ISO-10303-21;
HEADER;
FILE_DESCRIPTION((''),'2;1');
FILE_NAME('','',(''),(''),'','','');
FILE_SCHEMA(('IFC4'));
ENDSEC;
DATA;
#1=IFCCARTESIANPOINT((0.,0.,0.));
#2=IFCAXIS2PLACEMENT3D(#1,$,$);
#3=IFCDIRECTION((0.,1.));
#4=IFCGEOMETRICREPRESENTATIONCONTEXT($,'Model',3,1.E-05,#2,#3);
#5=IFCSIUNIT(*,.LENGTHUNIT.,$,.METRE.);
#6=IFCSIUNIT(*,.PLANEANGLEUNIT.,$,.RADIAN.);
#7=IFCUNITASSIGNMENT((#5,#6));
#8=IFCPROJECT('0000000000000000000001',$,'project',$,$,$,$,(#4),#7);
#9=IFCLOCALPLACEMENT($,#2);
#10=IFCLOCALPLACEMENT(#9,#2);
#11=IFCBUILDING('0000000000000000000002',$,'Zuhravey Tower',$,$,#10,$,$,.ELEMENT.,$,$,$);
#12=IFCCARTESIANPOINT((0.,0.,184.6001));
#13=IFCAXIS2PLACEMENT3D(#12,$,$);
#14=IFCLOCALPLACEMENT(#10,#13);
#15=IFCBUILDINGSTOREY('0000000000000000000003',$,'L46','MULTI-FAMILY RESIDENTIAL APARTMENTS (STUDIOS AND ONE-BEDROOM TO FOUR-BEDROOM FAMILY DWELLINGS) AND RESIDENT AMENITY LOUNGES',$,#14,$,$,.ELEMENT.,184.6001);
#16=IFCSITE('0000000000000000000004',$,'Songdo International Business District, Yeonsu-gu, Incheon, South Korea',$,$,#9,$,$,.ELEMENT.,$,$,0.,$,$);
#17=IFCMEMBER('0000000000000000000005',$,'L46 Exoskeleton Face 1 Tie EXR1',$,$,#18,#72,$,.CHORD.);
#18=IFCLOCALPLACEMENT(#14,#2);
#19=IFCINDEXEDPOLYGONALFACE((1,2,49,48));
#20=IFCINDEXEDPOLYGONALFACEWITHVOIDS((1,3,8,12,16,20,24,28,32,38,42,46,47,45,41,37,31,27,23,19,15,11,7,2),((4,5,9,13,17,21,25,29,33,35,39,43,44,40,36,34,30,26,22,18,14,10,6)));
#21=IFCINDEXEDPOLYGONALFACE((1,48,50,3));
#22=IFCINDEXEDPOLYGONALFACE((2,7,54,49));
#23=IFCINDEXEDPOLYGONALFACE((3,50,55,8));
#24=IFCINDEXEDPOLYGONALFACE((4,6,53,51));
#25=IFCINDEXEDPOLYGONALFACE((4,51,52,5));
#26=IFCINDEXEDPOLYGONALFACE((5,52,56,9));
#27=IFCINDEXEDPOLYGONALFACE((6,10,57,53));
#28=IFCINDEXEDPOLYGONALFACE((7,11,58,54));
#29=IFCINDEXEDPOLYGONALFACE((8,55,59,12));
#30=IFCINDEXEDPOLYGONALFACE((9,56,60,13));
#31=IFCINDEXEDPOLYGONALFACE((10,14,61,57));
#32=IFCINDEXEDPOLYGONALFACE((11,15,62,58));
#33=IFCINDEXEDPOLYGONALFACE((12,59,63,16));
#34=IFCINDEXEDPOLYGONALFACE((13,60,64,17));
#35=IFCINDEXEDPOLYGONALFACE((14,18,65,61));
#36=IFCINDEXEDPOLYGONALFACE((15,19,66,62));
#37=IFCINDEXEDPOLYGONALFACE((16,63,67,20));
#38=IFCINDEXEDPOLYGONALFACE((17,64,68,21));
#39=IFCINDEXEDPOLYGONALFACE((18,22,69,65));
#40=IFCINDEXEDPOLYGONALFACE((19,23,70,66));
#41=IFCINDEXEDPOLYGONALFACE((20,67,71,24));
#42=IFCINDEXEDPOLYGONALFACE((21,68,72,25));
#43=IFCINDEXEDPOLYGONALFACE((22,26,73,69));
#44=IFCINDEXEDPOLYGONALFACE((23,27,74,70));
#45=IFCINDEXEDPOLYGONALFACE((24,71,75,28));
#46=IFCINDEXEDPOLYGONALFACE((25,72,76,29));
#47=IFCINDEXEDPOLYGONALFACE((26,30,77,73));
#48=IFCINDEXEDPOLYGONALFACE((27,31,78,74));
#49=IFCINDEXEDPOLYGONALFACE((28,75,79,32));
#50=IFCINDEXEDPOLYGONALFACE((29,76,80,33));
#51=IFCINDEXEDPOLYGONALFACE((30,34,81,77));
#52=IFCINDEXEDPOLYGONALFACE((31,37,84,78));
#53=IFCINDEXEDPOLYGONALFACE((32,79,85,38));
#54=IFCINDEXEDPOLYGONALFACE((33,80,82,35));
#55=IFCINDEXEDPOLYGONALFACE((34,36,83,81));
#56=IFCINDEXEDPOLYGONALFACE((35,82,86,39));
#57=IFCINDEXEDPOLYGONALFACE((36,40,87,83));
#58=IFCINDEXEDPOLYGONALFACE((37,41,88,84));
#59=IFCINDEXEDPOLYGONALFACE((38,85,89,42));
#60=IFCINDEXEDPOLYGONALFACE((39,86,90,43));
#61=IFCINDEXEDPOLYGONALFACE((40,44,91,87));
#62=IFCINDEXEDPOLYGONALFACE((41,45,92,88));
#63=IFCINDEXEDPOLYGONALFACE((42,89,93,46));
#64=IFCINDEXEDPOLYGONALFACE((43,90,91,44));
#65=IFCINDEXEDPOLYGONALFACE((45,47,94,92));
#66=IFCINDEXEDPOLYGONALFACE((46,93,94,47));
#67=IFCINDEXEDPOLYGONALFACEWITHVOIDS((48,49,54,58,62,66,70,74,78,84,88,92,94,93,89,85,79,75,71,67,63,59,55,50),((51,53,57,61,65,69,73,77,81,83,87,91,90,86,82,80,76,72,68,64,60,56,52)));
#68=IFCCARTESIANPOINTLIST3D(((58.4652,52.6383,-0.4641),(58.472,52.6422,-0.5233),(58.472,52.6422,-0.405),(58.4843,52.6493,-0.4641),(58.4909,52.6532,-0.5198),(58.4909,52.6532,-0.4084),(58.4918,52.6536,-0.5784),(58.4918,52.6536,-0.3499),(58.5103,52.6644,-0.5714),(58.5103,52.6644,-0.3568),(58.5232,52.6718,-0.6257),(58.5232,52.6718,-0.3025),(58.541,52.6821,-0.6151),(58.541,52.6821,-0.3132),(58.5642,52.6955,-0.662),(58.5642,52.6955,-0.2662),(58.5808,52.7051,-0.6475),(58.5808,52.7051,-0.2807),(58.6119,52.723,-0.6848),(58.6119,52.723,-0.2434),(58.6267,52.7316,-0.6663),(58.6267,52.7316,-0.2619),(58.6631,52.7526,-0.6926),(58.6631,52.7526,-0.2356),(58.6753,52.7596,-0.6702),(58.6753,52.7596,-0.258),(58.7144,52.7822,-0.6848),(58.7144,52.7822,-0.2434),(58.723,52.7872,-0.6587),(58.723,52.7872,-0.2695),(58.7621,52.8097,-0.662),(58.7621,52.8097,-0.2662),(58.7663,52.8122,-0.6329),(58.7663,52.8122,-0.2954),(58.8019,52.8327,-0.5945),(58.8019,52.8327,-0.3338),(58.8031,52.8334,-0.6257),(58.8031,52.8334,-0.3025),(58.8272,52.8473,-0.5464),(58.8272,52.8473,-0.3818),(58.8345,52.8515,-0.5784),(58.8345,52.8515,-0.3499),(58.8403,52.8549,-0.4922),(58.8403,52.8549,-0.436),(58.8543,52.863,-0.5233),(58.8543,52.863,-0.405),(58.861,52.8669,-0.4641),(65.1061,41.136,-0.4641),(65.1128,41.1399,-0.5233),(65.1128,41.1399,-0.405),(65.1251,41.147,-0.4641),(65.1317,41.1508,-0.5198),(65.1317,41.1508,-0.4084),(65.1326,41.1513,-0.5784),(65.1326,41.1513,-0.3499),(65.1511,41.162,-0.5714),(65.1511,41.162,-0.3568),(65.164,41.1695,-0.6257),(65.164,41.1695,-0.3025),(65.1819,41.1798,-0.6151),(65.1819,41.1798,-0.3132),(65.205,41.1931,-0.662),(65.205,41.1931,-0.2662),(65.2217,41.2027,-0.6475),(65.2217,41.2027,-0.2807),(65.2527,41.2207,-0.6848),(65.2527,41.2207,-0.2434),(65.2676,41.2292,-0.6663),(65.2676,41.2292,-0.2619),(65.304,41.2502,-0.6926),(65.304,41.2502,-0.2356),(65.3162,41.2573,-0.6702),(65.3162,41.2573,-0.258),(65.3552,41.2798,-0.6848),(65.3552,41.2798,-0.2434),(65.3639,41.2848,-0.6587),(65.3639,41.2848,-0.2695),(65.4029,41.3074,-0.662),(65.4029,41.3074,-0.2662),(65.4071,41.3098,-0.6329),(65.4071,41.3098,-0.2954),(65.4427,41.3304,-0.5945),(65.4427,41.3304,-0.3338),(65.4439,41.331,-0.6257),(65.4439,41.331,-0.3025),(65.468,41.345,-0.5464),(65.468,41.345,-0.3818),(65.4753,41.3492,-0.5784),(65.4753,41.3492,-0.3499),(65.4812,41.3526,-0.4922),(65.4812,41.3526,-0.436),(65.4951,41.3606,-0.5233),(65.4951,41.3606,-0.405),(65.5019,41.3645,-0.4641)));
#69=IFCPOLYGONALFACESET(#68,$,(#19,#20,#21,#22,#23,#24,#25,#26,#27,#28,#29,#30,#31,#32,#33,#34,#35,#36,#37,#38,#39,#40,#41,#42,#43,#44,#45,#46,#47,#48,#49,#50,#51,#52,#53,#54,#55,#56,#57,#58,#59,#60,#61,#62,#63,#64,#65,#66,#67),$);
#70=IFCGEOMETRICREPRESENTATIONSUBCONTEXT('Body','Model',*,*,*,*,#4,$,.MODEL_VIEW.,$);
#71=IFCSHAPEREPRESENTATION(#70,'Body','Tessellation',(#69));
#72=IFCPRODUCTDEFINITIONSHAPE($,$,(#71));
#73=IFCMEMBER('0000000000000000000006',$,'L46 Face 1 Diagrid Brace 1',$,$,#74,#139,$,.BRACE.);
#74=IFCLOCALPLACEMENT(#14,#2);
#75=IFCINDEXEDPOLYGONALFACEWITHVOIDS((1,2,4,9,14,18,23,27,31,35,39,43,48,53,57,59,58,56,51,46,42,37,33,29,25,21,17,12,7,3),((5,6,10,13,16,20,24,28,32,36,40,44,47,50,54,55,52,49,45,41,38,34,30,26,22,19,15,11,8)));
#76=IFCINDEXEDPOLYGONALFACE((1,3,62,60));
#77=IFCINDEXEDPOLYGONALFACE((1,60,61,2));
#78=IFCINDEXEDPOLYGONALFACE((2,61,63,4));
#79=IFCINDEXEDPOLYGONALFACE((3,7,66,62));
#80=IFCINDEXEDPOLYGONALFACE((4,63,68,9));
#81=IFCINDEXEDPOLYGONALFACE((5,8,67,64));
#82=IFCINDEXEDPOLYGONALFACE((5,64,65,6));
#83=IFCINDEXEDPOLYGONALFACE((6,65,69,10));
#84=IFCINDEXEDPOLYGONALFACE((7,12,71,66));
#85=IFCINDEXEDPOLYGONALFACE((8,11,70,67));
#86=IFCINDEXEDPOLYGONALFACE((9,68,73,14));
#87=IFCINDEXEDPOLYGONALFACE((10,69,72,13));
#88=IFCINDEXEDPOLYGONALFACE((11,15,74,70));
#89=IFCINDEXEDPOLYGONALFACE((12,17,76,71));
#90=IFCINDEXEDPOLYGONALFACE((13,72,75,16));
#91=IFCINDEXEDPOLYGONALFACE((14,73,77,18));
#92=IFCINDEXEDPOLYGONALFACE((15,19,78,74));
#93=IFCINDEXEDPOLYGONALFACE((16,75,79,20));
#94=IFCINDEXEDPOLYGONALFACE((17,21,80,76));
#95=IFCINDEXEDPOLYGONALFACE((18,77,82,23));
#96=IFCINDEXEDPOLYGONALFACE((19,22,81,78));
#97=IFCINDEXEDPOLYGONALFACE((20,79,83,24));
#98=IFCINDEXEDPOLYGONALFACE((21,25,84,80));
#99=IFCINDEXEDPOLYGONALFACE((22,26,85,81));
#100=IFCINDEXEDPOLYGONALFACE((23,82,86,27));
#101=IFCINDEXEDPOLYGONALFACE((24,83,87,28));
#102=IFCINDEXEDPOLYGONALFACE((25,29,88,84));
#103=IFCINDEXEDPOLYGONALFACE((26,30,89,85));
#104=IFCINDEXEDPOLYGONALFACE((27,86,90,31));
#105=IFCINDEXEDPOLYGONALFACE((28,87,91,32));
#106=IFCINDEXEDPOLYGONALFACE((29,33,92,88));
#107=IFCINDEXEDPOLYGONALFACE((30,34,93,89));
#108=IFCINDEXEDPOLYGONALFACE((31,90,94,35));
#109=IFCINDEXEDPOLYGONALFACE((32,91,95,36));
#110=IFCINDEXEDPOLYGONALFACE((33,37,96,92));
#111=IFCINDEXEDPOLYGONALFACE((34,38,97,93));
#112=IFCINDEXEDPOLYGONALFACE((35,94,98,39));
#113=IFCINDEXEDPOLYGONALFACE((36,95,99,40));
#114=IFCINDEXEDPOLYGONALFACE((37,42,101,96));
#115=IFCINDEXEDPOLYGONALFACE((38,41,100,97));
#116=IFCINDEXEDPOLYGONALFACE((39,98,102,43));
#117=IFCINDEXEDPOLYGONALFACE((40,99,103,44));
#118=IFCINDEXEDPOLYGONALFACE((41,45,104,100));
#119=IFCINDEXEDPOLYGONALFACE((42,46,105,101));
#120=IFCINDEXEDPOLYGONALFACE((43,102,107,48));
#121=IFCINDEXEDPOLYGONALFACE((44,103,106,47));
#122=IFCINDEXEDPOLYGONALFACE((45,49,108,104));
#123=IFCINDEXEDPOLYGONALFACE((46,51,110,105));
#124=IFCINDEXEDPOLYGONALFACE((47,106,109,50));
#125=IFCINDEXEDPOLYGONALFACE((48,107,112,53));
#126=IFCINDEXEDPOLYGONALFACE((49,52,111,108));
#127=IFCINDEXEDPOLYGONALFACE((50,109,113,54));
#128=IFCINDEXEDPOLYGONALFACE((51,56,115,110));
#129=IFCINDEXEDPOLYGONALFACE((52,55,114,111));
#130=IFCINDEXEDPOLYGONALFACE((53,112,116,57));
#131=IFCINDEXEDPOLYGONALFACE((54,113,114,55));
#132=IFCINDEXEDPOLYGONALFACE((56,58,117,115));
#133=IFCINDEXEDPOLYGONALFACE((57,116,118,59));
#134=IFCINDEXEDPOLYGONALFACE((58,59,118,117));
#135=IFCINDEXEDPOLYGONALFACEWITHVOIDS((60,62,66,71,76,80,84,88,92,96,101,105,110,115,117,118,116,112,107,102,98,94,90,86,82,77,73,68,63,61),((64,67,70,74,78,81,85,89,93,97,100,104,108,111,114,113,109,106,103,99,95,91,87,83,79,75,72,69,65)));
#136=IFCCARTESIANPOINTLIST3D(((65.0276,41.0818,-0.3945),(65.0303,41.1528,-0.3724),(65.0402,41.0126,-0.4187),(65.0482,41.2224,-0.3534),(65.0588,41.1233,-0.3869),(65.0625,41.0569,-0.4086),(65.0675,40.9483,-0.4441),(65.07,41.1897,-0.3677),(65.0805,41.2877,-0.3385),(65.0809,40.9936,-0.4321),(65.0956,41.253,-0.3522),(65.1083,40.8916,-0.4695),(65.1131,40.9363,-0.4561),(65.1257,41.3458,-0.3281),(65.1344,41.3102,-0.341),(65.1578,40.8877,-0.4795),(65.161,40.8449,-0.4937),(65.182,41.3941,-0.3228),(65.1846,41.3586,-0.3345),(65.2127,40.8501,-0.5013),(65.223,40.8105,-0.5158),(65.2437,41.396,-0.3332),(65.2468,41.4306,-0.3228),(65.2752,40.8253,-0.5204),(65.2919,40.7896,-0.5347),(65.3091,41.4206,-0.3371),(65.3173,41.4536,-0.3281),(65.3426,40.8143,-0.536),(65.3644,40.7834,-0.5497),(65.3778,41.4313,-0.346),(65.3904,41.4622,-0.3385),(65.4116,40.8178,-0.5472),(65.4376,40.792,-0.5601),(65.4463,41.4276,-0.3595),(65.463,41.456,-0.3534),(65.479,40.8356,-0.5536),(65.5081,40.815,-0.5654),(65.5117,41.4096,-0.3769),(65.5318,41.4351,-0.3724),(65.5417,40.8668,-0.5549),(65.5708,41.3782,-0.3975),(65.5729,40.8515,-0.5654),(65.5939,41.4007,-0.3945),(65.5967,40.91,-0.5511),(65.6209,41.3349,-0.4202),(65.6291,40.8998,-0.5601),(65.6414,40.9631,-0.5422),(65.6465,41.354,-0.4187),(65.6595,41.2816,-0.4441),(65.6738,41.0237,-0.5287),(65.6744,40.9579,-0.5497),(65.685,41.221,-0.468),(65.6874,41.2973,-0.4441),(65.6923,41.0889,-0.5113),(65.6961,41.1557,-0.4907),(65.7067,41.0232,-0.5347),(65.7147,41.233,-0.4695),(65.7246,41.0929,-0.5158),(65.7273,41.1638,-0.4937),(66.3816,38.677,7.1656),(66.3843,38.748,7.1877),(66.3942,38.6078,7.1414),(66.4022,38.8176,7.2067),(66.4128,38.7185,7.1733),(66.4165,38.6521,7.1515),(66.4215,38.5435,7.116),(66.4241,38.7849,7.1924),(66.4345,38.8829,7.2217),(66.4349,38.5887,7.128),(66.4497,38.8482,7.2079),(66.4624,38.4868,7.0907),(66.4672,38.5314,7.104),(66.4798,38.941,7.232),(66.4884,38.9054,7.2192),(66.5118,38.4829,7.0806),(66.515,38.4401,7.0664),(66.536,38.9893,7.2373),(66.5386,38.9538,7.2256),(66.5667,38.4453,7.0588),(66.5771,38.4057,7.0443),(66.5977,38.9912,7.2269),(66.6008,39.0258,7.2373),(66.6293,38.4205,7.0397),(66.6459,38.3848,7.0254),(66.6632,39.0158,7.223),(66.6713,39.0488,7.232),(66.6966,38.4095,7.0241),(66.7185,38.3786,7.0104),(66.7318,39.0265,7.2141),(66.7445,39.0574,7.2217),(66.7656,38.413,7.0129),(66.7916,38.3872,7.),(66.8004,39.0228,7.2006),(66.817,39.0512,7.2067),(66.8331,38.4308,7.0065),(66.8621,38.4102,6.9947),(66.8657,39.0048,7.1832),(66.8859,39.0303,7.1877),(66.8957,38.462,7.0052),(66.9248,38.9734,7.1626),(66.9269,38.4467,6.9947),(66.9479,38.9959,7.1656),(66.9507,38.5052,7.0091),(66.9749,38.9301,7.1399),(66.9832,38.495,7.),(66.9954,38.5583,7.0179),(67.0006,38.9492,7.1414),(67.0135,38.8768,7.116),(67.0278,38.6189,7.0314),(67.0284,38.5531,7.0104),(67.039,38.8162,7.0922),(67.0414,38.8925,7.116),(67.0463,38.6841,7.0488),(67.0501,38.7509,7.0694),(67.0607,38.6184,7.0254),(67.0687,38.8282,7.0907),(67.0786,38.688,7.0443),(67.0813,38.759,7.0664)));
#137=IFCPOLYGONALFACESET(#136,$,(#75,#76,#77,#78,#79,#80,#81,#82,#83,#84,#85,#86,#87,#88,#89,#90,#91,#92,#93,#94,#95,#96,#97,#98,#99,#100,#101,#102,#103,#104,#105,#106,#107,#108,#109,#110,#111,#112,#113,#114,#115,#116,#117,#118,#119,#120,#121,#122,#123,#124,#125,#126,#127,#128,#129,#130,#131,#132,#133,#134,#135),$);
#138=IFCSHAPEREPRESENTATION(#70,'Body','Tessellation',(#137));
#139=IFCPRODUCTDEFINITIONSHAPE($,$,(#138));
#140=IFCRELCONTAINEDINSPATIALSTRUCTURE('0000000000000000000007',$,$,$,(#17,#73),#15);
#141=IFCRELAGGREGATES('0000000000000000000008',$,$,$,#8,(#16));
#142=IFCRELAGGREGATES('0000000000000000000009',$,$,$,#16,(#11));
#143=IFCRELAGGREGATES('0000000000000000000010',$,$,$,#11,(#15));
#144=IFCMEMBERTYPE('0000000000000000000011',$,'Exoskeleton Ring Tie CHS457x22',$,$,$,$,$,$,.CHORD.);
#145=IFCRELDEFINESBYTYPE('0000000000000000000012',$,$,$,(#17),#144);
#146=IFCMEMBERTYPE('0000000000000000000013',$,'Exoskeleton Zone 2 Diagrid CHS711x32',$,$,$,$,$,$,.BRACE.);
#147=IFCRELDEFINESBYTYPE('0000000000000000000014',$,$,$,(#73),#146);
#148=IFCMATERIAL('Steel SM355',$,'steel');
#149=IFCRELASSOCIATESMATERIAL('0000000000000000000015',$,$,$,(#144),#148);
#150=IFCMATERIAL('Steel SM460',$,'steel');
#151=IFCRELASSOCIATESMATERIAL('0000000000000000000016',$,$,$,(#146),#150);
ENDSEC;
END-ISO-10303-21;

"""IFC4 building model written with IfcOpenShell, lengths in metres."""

from ifc_helpers import new_model, si_unit, direction, frame, origin, origin_2d, place, context, subcontext, project, spatial, hollow_circle, extrude, material, material_profile, profile_set, type_object, element, save


model = new_model("IFC4")

# Units and contexts
model_context = context("Model", 3, precision=1e-05, world=origin(), true_north=direction((0.0, 1.0)))
body_context = subcontext(model_context, "Body", "Model", "MODEL_VIEW")
ifc_project = project(units=[si_unit("LENGTHUNIT", "METRE"), si_unit("PLANEANGLEUNIT", "RADIAN")], contexts=[model_context])

# Site, building, storey
site_placement = place(None, origin())
site = spatial("IfcSite", under=ifc_project, at=site_placement, Name="Songdo International Business District, Yeonsu-gu, Incheon, South Korea", CompositionType="ELEMENT", RefElevation=0.0)
building_placement = place(site_placement, origin())
building = spatial("IfcBuilding", under=site, at=building_placement, Name="Zuhravey Tower", CompositionType="ELEMENT")
storey_placement = place(building_placement, frame((0.0, 0.0, 184.6001)))
storey = spatial("IfcBuildingStorey", under=building, at=storey_placement, Name="L46", Description="MULTI-FAMILY RESIDENTIAL APARTMENTS (STUDIOS AND ONE-BEDROOM TO FOUR-BEDROOM FAMILY DWELLINGS) AND RESIDENT AMENITY LOUNGES", CompositionType="ELEMENT", Elevation=184.6001)

# Members
ifc_material_1 = material(Name="Steel SM355", Category="steel")
ifc_material_profile_1 = material_profile(ifc_material_1, hollow_circle(Radius=0.2285, WallThickness=0.022, at=origin_2d()), Name="CHS-457.2x22")
ifc_profile_set_1 = profile_set([ifc_material_profile_1], Name="Steel SM355")
member_type_1 = type_object("IfcMemberType", Name="Exoskeleton Ring Tie CHS457x22", PredefinedType="CHORD", material=ifc_profile_set_1)
member_1_placement = place(storey_placement, frame((65.304, 41.2502, -0.4641), z_axis=(-0.499996, 0.866028, 0.0), x_axis=(-0.866028, -0.499996, 0.0)))
element("IfcMember", 1, at=member_1_placement, inside=storey, type_object=member_type_1, Name="L46 Exoskeleton Face 1 Tie EXR1", PredefinedType="CHORD", context=body_context, shape_type="SweptSolid", body=[
    extrude(hollow_circle(Radius=0.2285, WallThickness=0.022, at=origin_2d()), origin(), (0.0, 0.0, 1.0), 13.2817),
])
ifc_material_2 = material(Name="Steel SM460", Category="steel")
ifc_material_profile_2 = material_profile(ifc_material_2, hollow_circle(Radius=0.3557, WallThickness=0.032, at=origin_2d()), Name="CHS-711.2x32")
ifc_profile_set_2 = profile_set([ifc_material_profile_2], Name="Steel SM460")
member_type_2 = type_object("IfcMemberType", Name="Exoskeleton Zone 2 Diagrid CHS711x32", PredefinedType="BRACE", material=ifc_profile_set_2)
member_2_placement = place(storey_placement, frame((65.3774, 41.1228, -0.4441), z_axis=(0.16824, -0.298804, 0.939367), x_axis=(0.871372, 0.490622, 0.0)))
element("IfcMember", 2, at=member_2_placement, inside=storey, type_object=member_type_2, Name="L46 Face 1 Diagrid Brace 1", PredefinedType="BRACE", context=body_context, shape_type="SweptSolid", body=[
    extrude(hollow_circle(Radius=0.3557, WallThickness=0.032, at=origin_2d()), origin(), (0.0, 0.0, 1.0), 8.0481),
])

save(model, "model.ifc")
